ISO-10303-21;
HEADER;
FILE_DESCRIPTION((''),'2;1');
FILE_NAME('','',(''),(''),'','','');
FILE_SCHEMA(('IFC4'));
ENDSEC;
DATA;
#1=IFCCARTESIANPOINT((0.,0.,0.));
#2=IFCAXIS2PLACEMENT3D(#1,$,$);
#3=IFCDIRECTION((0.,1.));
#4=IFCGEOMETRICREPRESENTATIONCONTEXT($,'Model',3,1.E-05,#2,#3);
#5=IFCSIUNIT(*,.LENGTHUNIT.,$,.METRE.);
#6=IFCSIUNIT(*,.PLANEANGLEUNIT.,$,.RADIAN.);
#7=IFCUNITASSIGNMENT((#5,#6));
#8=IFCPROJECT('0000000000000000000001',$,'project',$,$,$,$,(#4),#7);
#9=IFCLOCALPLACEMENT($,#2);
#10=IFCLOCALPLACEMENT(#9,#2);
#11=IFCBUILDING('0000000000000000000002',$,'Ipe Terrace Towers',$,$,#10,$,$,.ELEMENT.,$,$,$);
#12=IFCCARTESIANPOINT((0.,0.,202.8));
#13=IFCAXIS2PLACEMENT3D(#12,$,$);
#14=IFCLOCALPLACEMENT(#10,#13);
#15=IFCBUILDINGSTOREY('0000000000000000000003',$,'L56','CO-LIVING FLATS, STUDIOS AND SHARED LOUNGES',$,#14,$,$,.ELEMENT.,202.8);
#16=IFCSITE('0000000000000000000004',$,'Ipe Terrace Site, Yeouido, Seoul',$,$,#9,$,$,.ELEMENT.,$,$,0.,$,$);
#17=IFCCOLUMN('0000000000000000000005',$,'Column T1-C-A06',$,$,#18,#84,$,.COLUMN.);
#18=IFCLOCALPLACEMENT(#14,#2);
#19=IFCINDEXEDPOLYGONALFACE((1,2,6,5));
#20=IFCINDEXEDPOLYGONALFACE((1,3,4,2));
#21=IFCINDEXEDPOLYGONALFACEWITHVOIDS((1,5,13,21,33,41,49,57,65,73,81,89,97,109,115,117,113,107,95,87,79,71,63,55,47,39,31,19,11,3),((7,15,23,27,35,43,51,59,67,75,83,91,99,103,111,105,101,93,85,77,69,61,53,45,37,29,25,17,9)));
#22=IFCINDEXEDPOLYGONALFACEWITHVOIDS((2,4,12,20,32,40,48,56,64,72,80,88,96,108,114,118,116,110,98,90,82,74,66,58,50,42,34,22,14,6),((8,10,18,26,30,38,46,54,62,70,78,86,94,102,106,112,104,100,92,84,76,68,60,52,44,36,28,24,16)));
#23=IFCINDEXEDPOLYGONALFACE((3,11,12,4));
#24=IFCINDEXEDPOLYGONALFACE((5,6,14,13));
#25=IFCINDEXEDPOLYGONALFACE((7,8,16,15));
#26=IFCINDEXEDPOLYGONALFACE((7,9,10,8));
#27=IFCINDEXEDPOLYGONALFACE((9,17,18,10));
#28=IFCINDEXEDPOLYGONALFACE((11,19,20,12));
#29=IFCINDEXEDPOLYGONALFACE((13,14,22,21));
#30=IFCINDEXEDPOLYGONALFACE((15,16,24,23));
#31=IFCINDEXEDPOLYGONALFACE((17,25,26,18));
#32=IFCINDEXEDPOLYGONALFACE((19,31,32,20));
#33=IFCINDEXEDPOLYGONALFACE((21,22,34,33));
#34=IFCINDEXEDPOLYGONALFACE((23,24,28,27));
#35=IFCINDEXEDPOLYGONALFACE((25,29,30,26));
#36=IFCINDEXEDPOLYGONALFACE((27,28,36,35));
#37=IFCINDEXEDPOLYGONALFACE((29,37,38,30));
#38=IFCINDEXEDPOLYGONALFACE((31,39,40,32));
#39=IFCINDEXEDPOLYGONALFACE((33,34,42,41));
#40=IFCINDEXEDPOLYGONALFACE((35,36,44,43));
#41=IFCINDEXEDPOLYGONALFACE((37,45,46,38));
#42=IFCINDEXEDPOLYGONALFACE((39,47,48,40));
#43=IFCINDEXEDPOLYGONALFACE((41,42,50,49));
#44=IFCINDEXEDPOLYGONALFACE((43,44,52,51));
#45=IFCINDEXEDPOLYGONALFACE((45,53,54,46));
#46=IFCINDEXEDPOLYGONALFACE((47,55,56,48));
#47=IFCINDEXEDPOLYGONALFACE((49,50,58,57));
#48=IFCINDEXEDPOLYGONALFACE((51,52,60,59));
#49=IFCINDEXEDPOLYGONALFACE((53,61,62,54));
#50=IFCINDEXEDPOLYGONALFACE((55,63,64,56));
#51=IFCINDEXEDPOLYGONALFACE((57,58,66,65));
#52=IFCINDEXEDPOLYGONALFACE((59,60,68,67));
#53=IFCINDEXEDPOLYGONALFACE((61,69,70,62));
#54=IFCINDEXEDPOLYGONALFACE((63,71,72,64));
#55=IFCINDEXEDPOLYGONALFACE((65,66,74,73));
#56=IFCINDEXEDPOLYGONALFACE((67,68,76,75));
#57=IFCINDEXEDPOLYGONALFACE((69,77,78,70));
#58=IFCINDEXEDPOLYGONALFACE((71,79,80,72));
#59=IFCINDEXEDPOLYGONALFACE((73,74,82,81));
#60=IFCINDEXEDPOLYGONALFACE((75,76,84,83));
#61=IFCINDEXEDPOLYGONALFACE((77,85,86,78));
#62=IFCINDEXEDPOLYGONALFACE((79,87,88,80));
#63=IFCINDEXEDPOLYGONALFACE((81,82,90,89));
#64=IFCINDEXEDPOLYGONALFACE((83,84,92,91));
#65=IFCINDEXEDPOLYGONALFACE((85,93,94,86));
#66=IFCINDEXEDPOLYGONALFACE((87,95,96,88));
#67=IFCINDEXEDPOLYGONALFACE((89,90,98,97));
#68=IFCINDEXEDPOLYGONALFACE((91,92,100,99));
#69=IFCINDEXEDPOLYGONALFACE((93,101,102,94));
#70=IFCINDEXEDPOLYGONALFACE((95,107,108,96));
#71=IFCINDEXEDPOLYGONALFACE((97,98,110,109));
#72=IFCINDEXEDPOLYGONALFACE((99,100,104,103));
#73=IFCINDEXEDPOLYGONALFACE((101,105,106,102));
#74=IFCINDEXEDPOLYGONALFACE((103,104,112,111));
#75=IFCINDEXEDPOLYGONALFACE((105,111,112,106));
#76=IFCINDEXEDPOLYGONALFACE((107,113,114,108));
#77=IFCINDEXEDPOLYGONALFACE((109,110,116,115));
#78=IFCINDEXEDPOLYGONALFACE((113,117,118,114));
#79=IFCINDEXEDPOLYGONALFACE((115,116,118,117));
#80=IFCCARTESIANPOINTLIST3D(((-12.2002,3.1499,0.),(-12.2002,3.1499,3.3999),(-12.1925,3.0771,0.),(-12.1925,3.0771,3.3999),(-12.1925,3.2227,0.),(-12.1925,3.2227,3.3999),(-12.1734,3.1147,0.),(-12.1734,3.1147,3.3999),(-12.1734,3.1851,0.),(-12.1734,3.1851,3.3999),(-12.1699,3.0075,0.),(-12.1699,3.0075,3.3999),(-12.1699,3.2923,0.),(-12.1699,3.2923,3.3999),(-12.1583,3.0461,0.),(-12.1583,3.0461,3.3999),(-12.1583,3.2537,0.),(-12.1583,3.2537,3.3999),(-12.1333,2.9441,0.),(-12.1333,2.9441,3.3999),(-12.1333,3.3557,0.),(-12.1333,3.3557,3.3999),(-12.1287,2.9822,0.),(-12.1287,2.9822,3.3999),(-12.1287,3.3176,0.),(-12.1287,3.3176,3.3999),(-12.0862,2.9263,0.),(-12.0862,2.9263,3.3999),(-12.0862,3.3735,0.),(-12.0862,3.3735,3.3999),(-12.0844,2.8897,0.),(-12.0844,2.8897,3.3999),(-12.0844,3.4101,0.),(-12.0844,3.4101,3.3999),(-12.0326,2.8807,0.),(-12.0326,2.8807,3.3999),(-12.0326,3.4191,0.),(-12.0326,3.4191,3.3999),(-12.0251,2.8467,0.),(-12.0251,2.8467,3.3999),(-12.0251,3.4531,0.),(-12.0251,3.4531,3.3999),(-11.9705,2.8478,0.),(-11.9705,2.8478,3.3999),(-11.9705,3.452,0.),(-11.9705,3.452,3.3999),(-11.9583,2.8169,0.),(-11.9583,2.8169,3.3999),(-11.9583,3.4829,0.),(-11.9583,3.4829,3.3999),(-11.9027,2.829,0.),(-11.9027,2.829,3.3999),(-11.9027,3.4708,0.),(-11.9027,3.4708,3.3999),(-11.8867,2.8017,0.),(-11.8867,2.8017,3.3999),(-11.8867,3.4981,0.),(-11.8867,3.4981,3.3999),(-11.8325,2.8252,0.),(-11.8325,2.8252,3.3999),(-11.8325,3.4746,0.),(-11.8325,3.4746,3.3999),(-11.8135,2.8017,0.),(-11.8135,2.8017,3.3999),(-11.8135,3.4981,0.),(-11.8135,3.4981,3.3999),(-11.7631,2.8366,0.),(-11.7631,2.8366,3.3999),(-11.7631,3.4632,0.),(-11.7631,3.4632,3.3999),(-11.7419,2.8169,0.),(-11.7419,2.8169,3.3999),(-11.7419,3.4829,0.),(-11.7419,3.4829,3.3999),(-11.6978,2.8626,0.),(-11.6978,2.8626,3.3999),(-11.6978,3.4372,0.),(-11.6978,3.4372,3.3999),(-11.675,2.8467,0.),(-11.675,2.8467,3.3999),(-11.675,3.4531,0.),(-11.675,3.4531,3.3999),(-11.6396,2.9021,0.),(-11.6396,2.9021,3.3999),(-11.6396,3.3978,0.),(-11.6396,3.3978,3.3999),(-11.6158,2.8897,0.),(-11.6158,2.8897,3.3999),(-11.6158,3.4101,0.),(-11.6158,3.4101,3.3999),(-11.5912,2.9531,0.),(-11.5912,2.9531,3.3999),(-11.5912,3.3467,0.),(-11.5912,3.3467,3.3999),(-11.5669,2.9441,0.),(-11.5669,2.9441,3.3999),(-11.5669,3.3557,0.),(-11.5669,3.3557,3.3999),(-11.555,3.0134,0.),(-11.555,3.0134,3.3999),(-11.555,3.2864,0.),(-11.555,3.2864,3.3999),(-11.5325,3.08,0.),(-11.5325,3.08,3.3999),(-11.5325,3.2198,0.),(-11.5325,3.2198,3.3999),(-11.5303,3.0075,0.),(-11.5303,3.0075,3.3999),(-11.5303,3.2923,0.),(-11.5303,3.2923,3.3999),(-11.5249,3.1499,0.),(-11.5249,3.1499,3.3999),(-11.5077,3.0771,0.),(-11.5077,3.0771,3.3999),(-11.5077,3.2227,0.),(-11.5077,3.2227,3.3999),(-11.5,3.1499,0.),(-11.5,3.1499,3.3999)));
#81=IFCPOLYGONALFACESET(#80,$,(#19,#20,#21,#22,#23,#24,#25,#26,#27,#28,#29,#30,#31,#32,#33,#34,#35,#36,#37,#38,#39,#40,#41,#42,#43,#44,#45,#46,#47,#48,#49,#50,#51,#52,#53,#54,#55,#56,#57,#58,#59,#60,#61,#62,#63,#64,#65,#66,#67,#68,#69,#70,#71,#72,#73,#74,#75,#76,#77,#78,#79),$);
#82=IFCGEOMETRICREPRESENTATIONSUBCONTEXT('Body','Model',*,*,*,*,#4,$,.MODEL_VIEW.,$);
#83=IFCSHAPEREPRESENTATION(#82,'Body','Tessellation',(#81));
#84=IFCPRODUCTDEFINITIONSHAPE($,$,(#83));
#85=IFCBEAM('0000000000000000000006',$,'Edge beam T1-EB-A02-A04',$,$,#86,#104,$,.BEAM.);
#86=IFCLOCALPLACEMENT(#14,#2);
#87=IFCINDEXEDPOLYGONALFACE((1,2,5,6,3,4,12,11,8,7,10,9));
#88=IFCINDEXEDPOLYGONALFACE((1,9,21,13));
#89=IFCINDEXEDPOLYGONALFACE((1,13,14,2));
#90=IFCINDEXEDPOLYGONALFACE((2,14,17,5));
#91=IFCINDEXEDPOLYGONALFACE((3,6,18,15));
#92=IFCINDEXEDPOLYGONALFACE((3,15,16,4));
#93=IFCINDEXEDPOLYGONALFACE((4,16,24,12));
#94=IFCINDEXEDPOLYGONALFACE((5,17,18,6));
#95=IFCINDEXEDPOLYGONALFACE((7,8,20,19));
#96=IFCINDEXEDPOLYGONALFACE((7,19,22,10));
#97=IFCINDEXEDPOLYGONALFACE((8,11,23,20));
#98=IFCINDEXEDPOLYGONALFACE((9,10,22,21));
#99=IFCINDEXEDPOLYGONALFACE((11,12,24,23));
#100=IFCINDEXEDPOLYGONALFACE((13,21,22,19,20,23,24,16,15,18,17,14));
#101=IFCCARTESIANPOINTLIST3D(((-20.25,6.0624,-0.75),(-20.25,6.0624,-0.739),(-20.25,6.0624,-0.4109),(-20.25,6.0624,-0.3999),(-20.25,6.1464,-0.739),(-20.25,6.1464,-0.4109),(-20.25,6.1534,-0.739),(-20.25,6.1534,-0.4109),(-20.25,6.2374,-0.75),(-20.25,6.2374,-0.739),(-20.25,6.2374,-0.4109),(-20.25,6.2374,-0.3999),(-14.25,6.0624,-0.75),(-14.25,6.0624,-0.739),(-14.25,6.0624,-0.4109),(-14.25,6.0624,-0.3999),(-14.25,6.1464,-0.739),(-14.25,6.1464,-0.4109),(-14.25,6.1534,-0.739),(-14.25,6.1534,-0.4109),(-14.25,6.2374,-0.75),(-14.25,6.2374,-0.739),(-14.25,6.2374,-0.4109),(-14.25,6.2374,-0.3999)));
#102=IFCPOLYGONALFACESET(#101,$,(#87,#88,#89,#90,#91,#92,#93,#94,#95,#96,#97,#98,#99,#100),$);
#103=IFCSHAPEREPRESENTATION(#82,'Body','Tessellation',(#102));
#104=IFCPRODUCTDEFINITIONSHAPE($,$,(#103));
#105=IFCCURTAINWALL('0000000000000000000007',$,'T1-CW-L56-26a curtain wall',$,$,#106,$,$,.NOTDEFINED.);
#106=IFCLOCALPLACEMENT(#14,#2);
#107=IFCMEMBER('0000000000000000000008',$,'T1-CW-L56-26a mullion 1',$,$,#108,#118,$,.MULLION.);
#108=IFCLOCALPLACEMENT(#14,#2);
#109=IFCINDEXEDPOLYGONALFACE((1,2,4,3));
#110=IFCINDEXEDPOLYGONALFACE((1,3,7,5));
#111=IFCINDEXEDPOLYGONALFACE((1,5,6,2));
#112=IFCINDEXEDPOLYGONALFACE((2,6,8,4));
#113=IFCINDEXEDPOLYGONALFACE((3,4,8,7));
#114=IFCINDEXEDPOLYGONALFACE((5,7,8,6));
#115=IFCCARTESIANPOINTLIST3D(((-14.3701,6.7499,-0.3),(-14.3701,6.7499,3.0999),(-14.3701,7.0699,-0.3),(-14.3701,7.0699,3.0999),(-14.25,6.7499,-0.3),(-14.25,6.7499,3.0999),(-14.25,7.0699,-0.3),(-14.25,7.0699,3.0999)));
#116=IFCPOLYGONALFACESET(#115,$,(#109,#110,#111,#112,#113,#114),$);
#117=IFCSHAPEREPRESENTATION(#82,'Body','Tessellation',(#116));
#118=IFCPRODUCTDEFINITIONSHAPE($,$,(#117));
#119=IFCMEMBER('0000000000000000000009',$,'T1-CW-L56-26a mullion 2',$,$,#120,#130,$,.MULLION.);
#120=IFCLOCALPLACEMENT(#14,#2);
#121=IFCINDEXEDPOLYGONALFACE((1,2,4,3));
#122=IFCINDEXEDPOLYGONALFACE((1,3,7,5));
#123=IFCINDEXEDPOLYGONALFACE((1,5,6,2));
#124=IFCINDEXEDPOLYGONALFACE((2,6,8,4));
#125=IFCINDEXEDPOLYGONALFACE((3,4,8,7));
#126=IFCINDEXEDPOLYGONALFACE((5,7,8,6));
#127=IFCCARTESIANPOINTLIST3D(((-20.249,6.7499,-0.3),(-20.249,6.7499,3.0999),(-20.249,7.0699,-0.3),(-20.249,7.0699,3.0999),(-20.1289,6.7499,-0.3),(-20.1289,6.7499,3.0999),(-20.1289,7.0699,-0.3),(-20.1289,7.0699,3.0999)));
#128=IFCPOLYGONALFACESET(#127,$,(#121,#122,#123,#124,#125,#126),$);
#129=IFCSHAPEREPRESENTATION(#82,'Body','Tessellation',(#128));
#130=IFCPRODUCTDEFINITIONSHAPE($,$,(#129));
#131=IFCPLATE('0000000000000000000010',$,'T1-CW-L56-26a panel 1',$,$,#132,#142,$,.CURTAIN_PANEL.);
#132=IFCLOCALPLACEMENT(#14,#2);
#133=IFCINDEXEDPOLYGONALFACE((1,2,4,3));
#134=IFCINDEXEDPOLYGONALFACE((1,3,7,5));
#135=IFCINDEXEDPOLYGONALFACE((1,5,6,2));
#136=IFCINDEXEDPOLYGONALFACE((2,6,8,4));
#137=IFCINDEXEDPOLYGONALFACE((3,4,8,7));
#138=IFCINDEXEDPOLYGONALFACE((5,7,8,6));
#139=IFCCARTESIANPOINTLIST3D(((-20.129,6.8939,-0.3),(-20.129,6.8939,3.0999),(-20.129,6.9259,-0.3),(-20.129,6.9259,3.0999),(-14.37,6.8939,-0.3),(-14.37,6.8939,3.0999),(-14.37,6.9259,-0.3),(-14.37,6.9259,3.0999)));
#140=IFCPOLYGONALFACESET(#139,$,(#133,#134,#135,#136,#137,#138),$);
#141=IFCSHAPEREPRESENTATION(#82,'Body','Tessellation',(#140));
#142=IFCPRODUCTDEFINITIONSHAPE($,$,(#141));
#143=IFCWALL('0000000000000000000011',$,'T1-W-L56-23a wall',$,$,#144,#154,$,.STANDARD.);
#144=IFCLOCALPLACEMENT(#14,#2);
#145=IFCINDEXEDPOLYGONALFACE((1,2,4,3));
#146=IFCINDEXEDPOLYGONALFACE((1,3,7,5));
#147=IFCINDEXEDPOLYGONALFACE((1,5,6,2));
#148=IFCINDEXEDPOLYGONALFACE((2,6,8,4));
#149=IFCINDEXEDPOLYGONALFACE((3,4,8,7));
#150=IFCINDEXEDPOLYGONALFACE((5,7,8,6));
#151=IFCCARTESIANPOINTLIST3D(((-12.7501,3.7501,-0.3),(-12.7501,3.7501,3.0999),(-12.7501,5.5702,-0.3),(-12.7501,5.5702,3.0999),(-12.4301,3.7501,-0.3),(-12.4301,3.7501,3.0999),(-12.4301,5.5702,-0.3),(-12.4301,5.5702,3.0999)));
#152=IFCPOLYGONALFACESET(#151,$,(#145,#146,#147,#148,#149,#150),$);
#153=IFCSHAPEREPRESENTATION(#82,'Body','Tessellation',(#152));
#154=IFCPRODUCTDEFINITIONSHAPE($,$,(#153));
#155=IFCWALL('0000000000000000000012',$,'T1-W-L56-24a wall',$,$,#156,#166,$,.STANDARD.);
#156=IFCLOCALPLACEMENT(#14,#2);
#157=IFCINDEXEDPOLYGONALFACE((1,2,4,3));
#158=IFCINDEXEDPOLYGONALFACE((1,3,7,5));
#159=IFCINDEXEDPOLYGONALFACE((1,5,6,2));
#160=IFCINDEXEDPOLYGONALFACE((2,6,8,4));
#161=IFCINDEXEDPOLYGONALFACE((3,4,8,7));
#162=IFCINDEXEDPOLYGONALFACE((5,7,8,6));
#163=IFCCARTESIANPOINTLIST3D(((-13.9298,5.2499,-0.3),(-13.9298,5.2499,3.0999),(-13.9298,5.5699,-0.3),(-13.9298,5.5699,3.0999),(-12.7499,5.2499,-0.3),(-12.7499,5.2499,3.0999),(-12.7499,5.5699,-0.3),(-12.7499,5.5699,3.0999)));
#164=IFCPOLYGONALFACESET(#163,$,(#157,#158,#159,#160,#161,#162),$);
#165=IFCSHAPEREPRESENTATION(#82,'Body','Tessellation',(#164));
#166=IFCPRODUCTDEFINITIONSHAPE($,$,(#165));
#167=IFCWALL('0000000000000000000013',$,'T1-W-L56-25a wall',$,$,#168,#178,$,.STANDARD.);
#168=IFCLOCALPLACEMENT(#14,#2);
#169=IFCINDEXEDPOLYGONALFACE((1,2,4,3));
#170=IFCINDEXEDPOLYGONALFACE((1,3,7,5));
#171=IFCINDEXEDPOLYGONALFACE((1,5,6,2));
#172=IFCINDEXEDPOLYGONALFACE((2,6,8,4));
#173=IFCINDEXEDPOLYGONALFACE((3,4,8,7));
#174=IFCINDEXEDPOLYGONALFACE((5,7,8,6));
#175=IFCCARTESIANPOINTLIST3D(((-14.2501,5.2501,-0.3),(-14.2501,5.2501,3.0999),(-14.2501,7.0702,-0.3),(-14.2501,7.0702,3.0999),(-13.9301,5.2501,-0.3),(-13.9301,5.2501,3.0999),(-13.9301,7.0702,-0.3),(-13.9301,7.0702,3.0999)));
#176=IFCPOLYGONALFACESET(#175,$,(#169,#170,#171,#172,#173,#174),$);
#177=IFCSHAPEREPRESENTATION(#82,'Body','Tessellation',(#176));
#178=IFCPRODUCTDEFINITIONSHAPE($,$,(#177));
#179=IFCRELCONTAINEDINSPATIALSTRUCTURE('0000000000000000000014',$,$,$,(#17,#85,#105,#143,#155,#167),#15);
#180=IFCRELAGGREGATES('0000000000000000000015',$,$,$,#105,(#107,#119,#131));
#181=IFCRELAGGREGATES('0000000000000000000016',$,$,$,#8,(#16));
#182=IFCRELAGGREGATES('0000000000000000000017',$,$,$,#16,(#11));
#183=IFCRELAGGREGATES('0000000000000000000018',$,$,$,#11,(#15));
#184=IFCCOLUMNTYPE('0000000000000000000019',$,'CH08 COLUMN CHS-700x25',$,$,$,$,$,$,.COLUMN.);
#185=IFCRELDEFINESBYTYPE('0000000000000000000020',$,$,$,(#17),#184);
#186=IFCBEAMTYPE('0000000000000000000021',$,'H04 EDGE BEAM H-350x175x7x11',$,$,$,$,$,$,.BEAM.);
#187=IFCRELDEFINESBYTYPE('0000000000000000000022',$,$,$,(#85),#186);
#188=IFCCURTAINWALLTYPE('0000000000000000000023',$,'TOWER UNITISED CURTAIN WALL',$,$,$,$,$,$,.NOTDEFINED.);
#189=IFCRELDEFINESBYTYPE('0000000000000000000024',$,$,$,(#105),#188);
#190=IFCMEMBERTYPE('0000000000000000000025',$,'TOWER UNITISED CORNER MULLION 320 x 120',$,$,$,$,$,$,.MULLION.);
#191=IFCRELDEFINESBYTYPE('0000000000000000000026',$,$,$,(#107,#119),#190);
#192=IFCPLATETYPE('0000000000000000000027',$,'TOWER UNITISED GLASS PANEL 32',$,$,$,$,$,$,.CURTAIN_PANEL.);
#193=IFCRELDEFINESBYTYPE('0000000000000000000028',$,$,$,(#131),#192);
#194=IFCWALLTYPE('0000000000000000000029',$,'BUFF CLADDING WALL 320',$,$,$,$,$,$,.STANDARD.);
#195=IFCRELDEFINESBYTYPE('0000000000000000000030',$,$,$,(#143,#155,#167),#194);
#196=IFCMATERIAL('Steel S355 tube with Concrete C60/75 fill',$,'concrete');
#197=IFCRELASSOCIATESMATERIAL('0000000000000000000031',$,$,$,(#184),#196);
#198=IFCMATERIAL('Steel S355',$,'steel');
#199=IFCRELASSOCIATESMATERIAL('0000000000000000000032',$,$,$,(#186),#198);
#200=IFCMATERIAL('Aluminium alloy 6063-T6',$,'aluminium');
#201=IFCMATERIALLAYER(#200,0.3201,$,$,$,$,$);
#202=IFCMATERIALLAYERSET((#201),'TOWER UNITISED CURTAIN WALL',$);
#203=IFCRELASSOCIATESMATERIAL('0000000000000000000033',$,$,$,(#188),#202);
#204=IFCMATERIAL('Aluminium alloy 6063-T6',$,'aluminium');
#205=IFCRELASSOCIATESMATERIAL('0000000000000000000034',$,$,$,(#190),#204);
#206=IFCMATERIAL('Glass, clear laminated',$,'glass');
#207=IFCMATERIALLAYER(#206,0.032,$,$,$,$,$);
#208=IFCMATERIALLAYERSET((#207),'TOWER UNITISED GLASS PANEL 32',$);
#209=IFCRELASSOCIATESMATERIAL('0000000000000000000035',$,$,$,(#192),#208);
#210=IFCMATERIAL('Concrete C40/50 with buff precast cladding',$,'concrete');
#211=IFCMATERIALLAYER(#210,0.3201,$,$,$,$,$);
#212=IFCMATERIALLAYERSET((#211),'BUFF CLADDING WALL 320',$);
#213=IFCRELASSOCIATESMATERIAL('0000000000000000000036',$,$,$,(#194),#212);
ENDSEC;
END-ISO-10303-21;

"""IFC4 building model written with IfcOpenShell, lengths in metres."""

from ifc_helpers import new_model, si_unit, direction, frame, frame_2d, origin, origin_2d, place, context, subcontext, project, spatial, rectangle, hollow_circle, i_section, extrude, material, layer, layer_set, material_profile, profile_set, type_object, element, aggregate, save


model = new_model("IFC4")

# Units and contexts
model_context = context("Model", 3, precision=1e-05, world=origin(), true_north=direction((0.0, 1.0)))
body_context = subcontext(model_context, "Body", "Model", "MODEL_VIEW")
ifc_project = project(units=[si_unit("LENGTHUNIT", "METRE"), si_unit("PLANEANGLEUNIT", "RADIAN")], contexts=[model_context])

# Site, building, storey
site_placement = place(None, origin())
site = spatial("IfcSite", under=ifc_project, at=site_placement, Name="Ipe Terrace Site, Yeouido, Seoul", CompositionType="ELEMENT", RefElevation=0.0)
building_placement = place(site_placement, origin())
building = spatial("IfcBuilding", under=site, at=building_placement, Name="Ipe Terrace Towers", CompositionType="ELEMENT")
storey_placement = place(building_placement, frame((0.0, 0.0, 202.8)))
storey = spatial("IfcBuildingStorey", under=building, at=storey_placement, Name="L56", Description="CO-LIVING FLATS, STUDIOS AND SHARED LOUNGES", CompositionType="ELEMENT", Elevation=202.8)

# Column
ifc_material_1 = material(Name="Steel S355 tube with Concrete C60/75 fill", Category="concrete")
ifc_material_profile_1 = material_profile(ifc_material_1, hollow_circle(Radius=0.3501, WallThickness=0.0249, at=origin_2d()), Name="CHS-700x25")
ifc_profile_set_1 = profile_set([ifc_material_profile_1], Name="Steel S355 tube with Concrete C60/75 fill")
column_type = type_object("IfcColumnType", Name="CH08 COLUMN CHS-700x25", PredefinedType="COLUMN", material=ifc_profile_set_1)
for number, where, z_axis, x_axis, name in (
    (1, (-11.8501, 3.1499, 0.0), (0.0, 0.0, 1.0), (1.0, 0.0, 0.0), "Column T1-C-A06"),
):
    element("IfcColumn", number, at=place(storey_placement, frame(where, z_axis=z_axis, x_axis=x_axis)), inside=storey, type_object=column_type, Name=name, PredefinedType="COLUMN", context=body_context, shape_type="SweptSolid", body=[
        extrude(hollow_circle(Radius=0.3501, WallThickness=0.0249, at=origin_2d()), origin(), (0.0, 0.0, 1.0), 3.3999),
    ])

# Beam
ifc_material_2 = material(Name="Steel S355", Category="steel")
ifc_material_profile_2 = material_profile(ifc_material_2, i_section(OverallWidth=0.175, OverallDepth=0.3501, WebThickness=0.0071, FlangeThickness=0.011, at=origin_2d()), Name="H-350x175x7x11")
ifc_profile_set_2 = profile_set([ifc_material_profile_2], Name="Steel S355")
beam_type = type_object("IfcBeamType", Name="H04 EDGE BEAM H-350x175x7x11", PredefinedType="BEAM", material=ifc_profile_set_2)
beam_placement = place(storey_placement, frame((-20.25, 6.1499, -0.575), z_axis=(1.0, 0.0, 0.0), x_axis=(0.0, 1.0, 0.0)))
element("IfcBeam", 2, at=beam_placement, inside=storey, type_object=beam_type, Name="Edge beam T1-EB-A02-A04", PredefinedType="BEAM", context=body_context, shape_type="SweptSolid", body=[
    extrude(i_section(OverallWidth=0.175, OverallDepth=0.3501, WebThickness=0.0071, FlangeThickness=0.011, at=origin_2d()), origin(), (0.0, 0.0, 1.0), 6.0),
])

# Curtain wall, members, plate
ifc_material_3 = material(Name="Aluminium alloy 6063-T6", Category="aluminium")
ifc_layer_1 = layer(ifc_material_3, 0.3201)
ifc_layer_set_1 = layer_set([ifc_layer_1], Name="TOWER UNITISED CURTAIN WALL")
curtain_wall_type = type_object("IfcCurtainWallType", Name="TOWER UNITISED CURTAIN WALL", PredefinedType="NOTDEFINED", material=ifc_layer_set_1)
curtain_wall_placement = place(storey_placement, origin())
curtain_wall = element("IfcCurtainWall", 3, at=curtain_wall_placement, inside=storey, type_object=curtain_wall_type, Name="T1-CW-L56-26a curtain wall", PredefinedType="NOTDEFINED")
ifc_material_4 = material(Name="Aluminium alloy 6063-T6", Category="aluminium")
ifc_material_profile_3 = material_profile(ifc_material_4, rectangle(XDim=0.3201, YDim=0.1201, at=origin_2d()), Name="TOWER UNITISED CORNER MULLION 320 x 120")
ifc_profile_set_3 = profile_set([ifc_material_profile_3], Name="Aluminium alloy 6063-T6")
member_type = type_object("IfcMemberType", Name="TOWER UNITISED CORNER MULLION 320 x 120", PredefinedType="MULLION", material=ifc_profile_set_3)
member_1_placement = place(storey_placement, frame((-14.3101, 6.9099, -0.3), z_axis=(0.0, 0.0, 1.0), x_axis=(0.0, 1.0, 0.0)))
member_1 = element("IfcMember", 4, at=member_1_placement, type_object=member_type, Name="T1-CW-L56-26a mullion 1", PredefinedType="MULLION", context=body_context, shape_type="SweptSolid", body=[
    extrude(rectangle(XDim=0.3201, YDim=0.1201, at=origin_2d()), origin(), (0.0, 0.0, 1.0), 3.3999),
])
member_2_placement = place(storey_placement, frame((-20.189, 6.9099, -0.3), z_axis=(0.0, 0.0, 1.0), x_axis=(0.0, 1.0, 0.0)))
member_2 = element("IfcMember", 5, at=member_2_placement, type_object=member_type, Name="T1-CW-L56-26a mullion 2", PredefinedType="MULLION", context=body_context, shape_type="SweptSolid", body=[
    extrude(rectangle(XDim=0.3201, YDim=0.1201, at=origin_2d()), origin(), (0.0, 0.0, 1.0), 3.3999),
])
ifc_material_5 = material(Name="Glass, clear laminated", Category="glass")
ifc_layer_2 = layer(ifc_material_5, 0.032)
ifc_layer_set_2 = layer_set([ifc_layer_2], Name="TOWER UNITISED GLASS PANEL 32")
plate_type = type_object("IfcPlateType", Name="TOWER UNITISED GLASS PANEL 32", PredefinedType="CURTAIN_PANEL", material=ifc_layer_set_2)
plate_placement = place(storey_placement, frame((-17.2495, 6.9099, -0.3), z_axis=(0.0, 0.0, 1.0), x_axis=(-1.0, 0.0, 0.0)))
plate = element("IfcPlate", 6, at=plate_placement, type_object=plate_type, Name="T1-CW-L56-26a panel 1", PredefinedType="CURTAIN_PANEL", context=body_context, shape_type="SweptSolid", body=[
    extrude(rectangle(XDim=5.759, YDim=0.032, at=origin_2d()), origin(), (0.0, 0.0, 1.0), 3.3999),
])
aggregate(curtain_wall, [member_1, member_2, plate])

# Walls
ifc_material_6 = material(Name="Concrete C40/50 with buff precast cladding", Category="concrete")
ifc_layer_3 = layer(ifc_material_6, 0.3201)
ifc_layer_set_3 = layer_set([ifc_layer_3], Name="BUFF CLADDING WALL 320")
wall_type_1 = type_object("IfcWallType", Name="BUFF CLADDING WALL 320", PredefinedType="STANDARD", material=ifc_layer_set_3)
wall_1_placement = place(storey_placement, frame((-12.5901, 3.75, -0.3), z_axis=(0.0, 0.0, 1.0), x_axis=(0.0, 1.0, 0.0)))
element("IfcWall", 7, at=wall_1_placement, inside=storey, type_object=wall_type_1, Name="T1-W-L56-23a wall", PredefinedType="STANDARD", context=body_context, shape_type="SweptSolid", body=[
    extrude(rectangle(XDim=1.8201, YDim=0.3201, at=frame_2d((0.9102, 0.0))), origin(), (0.0, 0.0, 1.0), 3.3999),
])
wall_2_placement = place(storey_placement, frame((-12.75, 5.4099, -0.3), z_axis=(0.0, 0.0, 1.0), x_axis=(-1.0, 0.0, 0.0)))
element("IfcWall", 8, at=wall_2_placement, inside=storey, type_object=wall_type_1, Name="T1-W-L56-24a wall", PredefinedType="STANDARD", context=body_context, shape_type="SweptSolid", body=[
    extrude(rectangle(XDim=1.1799, YDim=0.3201, at=frame_2d((0.5898, 0.0))), origin(), (0.0, 0.0, 1.0), 3.3999),
])
wall_3_placement = place(storey_placement, frame((-14.0901, 5.25, -0.3), z_axis=(0.0, 0.0, 1.0), x_axis=(0.0, 1.0, 0.0)))
element("IfcWall", 9, at=wall_3_placement, inside=storey, type_object=wall_type_1, Name="T1-W-L56-25a wall", PredefinedType="STANDARD", context=body_context, shape_type="SweptSolid", body=[
    extrude(rectangle(XDim=1.8201, YDim=0.3201, at=frame_2d((0.9102, 0.0))), origin(), (0.0, 0.0, 1.0), 3.3999),
])

save(model, "model.ifc")
